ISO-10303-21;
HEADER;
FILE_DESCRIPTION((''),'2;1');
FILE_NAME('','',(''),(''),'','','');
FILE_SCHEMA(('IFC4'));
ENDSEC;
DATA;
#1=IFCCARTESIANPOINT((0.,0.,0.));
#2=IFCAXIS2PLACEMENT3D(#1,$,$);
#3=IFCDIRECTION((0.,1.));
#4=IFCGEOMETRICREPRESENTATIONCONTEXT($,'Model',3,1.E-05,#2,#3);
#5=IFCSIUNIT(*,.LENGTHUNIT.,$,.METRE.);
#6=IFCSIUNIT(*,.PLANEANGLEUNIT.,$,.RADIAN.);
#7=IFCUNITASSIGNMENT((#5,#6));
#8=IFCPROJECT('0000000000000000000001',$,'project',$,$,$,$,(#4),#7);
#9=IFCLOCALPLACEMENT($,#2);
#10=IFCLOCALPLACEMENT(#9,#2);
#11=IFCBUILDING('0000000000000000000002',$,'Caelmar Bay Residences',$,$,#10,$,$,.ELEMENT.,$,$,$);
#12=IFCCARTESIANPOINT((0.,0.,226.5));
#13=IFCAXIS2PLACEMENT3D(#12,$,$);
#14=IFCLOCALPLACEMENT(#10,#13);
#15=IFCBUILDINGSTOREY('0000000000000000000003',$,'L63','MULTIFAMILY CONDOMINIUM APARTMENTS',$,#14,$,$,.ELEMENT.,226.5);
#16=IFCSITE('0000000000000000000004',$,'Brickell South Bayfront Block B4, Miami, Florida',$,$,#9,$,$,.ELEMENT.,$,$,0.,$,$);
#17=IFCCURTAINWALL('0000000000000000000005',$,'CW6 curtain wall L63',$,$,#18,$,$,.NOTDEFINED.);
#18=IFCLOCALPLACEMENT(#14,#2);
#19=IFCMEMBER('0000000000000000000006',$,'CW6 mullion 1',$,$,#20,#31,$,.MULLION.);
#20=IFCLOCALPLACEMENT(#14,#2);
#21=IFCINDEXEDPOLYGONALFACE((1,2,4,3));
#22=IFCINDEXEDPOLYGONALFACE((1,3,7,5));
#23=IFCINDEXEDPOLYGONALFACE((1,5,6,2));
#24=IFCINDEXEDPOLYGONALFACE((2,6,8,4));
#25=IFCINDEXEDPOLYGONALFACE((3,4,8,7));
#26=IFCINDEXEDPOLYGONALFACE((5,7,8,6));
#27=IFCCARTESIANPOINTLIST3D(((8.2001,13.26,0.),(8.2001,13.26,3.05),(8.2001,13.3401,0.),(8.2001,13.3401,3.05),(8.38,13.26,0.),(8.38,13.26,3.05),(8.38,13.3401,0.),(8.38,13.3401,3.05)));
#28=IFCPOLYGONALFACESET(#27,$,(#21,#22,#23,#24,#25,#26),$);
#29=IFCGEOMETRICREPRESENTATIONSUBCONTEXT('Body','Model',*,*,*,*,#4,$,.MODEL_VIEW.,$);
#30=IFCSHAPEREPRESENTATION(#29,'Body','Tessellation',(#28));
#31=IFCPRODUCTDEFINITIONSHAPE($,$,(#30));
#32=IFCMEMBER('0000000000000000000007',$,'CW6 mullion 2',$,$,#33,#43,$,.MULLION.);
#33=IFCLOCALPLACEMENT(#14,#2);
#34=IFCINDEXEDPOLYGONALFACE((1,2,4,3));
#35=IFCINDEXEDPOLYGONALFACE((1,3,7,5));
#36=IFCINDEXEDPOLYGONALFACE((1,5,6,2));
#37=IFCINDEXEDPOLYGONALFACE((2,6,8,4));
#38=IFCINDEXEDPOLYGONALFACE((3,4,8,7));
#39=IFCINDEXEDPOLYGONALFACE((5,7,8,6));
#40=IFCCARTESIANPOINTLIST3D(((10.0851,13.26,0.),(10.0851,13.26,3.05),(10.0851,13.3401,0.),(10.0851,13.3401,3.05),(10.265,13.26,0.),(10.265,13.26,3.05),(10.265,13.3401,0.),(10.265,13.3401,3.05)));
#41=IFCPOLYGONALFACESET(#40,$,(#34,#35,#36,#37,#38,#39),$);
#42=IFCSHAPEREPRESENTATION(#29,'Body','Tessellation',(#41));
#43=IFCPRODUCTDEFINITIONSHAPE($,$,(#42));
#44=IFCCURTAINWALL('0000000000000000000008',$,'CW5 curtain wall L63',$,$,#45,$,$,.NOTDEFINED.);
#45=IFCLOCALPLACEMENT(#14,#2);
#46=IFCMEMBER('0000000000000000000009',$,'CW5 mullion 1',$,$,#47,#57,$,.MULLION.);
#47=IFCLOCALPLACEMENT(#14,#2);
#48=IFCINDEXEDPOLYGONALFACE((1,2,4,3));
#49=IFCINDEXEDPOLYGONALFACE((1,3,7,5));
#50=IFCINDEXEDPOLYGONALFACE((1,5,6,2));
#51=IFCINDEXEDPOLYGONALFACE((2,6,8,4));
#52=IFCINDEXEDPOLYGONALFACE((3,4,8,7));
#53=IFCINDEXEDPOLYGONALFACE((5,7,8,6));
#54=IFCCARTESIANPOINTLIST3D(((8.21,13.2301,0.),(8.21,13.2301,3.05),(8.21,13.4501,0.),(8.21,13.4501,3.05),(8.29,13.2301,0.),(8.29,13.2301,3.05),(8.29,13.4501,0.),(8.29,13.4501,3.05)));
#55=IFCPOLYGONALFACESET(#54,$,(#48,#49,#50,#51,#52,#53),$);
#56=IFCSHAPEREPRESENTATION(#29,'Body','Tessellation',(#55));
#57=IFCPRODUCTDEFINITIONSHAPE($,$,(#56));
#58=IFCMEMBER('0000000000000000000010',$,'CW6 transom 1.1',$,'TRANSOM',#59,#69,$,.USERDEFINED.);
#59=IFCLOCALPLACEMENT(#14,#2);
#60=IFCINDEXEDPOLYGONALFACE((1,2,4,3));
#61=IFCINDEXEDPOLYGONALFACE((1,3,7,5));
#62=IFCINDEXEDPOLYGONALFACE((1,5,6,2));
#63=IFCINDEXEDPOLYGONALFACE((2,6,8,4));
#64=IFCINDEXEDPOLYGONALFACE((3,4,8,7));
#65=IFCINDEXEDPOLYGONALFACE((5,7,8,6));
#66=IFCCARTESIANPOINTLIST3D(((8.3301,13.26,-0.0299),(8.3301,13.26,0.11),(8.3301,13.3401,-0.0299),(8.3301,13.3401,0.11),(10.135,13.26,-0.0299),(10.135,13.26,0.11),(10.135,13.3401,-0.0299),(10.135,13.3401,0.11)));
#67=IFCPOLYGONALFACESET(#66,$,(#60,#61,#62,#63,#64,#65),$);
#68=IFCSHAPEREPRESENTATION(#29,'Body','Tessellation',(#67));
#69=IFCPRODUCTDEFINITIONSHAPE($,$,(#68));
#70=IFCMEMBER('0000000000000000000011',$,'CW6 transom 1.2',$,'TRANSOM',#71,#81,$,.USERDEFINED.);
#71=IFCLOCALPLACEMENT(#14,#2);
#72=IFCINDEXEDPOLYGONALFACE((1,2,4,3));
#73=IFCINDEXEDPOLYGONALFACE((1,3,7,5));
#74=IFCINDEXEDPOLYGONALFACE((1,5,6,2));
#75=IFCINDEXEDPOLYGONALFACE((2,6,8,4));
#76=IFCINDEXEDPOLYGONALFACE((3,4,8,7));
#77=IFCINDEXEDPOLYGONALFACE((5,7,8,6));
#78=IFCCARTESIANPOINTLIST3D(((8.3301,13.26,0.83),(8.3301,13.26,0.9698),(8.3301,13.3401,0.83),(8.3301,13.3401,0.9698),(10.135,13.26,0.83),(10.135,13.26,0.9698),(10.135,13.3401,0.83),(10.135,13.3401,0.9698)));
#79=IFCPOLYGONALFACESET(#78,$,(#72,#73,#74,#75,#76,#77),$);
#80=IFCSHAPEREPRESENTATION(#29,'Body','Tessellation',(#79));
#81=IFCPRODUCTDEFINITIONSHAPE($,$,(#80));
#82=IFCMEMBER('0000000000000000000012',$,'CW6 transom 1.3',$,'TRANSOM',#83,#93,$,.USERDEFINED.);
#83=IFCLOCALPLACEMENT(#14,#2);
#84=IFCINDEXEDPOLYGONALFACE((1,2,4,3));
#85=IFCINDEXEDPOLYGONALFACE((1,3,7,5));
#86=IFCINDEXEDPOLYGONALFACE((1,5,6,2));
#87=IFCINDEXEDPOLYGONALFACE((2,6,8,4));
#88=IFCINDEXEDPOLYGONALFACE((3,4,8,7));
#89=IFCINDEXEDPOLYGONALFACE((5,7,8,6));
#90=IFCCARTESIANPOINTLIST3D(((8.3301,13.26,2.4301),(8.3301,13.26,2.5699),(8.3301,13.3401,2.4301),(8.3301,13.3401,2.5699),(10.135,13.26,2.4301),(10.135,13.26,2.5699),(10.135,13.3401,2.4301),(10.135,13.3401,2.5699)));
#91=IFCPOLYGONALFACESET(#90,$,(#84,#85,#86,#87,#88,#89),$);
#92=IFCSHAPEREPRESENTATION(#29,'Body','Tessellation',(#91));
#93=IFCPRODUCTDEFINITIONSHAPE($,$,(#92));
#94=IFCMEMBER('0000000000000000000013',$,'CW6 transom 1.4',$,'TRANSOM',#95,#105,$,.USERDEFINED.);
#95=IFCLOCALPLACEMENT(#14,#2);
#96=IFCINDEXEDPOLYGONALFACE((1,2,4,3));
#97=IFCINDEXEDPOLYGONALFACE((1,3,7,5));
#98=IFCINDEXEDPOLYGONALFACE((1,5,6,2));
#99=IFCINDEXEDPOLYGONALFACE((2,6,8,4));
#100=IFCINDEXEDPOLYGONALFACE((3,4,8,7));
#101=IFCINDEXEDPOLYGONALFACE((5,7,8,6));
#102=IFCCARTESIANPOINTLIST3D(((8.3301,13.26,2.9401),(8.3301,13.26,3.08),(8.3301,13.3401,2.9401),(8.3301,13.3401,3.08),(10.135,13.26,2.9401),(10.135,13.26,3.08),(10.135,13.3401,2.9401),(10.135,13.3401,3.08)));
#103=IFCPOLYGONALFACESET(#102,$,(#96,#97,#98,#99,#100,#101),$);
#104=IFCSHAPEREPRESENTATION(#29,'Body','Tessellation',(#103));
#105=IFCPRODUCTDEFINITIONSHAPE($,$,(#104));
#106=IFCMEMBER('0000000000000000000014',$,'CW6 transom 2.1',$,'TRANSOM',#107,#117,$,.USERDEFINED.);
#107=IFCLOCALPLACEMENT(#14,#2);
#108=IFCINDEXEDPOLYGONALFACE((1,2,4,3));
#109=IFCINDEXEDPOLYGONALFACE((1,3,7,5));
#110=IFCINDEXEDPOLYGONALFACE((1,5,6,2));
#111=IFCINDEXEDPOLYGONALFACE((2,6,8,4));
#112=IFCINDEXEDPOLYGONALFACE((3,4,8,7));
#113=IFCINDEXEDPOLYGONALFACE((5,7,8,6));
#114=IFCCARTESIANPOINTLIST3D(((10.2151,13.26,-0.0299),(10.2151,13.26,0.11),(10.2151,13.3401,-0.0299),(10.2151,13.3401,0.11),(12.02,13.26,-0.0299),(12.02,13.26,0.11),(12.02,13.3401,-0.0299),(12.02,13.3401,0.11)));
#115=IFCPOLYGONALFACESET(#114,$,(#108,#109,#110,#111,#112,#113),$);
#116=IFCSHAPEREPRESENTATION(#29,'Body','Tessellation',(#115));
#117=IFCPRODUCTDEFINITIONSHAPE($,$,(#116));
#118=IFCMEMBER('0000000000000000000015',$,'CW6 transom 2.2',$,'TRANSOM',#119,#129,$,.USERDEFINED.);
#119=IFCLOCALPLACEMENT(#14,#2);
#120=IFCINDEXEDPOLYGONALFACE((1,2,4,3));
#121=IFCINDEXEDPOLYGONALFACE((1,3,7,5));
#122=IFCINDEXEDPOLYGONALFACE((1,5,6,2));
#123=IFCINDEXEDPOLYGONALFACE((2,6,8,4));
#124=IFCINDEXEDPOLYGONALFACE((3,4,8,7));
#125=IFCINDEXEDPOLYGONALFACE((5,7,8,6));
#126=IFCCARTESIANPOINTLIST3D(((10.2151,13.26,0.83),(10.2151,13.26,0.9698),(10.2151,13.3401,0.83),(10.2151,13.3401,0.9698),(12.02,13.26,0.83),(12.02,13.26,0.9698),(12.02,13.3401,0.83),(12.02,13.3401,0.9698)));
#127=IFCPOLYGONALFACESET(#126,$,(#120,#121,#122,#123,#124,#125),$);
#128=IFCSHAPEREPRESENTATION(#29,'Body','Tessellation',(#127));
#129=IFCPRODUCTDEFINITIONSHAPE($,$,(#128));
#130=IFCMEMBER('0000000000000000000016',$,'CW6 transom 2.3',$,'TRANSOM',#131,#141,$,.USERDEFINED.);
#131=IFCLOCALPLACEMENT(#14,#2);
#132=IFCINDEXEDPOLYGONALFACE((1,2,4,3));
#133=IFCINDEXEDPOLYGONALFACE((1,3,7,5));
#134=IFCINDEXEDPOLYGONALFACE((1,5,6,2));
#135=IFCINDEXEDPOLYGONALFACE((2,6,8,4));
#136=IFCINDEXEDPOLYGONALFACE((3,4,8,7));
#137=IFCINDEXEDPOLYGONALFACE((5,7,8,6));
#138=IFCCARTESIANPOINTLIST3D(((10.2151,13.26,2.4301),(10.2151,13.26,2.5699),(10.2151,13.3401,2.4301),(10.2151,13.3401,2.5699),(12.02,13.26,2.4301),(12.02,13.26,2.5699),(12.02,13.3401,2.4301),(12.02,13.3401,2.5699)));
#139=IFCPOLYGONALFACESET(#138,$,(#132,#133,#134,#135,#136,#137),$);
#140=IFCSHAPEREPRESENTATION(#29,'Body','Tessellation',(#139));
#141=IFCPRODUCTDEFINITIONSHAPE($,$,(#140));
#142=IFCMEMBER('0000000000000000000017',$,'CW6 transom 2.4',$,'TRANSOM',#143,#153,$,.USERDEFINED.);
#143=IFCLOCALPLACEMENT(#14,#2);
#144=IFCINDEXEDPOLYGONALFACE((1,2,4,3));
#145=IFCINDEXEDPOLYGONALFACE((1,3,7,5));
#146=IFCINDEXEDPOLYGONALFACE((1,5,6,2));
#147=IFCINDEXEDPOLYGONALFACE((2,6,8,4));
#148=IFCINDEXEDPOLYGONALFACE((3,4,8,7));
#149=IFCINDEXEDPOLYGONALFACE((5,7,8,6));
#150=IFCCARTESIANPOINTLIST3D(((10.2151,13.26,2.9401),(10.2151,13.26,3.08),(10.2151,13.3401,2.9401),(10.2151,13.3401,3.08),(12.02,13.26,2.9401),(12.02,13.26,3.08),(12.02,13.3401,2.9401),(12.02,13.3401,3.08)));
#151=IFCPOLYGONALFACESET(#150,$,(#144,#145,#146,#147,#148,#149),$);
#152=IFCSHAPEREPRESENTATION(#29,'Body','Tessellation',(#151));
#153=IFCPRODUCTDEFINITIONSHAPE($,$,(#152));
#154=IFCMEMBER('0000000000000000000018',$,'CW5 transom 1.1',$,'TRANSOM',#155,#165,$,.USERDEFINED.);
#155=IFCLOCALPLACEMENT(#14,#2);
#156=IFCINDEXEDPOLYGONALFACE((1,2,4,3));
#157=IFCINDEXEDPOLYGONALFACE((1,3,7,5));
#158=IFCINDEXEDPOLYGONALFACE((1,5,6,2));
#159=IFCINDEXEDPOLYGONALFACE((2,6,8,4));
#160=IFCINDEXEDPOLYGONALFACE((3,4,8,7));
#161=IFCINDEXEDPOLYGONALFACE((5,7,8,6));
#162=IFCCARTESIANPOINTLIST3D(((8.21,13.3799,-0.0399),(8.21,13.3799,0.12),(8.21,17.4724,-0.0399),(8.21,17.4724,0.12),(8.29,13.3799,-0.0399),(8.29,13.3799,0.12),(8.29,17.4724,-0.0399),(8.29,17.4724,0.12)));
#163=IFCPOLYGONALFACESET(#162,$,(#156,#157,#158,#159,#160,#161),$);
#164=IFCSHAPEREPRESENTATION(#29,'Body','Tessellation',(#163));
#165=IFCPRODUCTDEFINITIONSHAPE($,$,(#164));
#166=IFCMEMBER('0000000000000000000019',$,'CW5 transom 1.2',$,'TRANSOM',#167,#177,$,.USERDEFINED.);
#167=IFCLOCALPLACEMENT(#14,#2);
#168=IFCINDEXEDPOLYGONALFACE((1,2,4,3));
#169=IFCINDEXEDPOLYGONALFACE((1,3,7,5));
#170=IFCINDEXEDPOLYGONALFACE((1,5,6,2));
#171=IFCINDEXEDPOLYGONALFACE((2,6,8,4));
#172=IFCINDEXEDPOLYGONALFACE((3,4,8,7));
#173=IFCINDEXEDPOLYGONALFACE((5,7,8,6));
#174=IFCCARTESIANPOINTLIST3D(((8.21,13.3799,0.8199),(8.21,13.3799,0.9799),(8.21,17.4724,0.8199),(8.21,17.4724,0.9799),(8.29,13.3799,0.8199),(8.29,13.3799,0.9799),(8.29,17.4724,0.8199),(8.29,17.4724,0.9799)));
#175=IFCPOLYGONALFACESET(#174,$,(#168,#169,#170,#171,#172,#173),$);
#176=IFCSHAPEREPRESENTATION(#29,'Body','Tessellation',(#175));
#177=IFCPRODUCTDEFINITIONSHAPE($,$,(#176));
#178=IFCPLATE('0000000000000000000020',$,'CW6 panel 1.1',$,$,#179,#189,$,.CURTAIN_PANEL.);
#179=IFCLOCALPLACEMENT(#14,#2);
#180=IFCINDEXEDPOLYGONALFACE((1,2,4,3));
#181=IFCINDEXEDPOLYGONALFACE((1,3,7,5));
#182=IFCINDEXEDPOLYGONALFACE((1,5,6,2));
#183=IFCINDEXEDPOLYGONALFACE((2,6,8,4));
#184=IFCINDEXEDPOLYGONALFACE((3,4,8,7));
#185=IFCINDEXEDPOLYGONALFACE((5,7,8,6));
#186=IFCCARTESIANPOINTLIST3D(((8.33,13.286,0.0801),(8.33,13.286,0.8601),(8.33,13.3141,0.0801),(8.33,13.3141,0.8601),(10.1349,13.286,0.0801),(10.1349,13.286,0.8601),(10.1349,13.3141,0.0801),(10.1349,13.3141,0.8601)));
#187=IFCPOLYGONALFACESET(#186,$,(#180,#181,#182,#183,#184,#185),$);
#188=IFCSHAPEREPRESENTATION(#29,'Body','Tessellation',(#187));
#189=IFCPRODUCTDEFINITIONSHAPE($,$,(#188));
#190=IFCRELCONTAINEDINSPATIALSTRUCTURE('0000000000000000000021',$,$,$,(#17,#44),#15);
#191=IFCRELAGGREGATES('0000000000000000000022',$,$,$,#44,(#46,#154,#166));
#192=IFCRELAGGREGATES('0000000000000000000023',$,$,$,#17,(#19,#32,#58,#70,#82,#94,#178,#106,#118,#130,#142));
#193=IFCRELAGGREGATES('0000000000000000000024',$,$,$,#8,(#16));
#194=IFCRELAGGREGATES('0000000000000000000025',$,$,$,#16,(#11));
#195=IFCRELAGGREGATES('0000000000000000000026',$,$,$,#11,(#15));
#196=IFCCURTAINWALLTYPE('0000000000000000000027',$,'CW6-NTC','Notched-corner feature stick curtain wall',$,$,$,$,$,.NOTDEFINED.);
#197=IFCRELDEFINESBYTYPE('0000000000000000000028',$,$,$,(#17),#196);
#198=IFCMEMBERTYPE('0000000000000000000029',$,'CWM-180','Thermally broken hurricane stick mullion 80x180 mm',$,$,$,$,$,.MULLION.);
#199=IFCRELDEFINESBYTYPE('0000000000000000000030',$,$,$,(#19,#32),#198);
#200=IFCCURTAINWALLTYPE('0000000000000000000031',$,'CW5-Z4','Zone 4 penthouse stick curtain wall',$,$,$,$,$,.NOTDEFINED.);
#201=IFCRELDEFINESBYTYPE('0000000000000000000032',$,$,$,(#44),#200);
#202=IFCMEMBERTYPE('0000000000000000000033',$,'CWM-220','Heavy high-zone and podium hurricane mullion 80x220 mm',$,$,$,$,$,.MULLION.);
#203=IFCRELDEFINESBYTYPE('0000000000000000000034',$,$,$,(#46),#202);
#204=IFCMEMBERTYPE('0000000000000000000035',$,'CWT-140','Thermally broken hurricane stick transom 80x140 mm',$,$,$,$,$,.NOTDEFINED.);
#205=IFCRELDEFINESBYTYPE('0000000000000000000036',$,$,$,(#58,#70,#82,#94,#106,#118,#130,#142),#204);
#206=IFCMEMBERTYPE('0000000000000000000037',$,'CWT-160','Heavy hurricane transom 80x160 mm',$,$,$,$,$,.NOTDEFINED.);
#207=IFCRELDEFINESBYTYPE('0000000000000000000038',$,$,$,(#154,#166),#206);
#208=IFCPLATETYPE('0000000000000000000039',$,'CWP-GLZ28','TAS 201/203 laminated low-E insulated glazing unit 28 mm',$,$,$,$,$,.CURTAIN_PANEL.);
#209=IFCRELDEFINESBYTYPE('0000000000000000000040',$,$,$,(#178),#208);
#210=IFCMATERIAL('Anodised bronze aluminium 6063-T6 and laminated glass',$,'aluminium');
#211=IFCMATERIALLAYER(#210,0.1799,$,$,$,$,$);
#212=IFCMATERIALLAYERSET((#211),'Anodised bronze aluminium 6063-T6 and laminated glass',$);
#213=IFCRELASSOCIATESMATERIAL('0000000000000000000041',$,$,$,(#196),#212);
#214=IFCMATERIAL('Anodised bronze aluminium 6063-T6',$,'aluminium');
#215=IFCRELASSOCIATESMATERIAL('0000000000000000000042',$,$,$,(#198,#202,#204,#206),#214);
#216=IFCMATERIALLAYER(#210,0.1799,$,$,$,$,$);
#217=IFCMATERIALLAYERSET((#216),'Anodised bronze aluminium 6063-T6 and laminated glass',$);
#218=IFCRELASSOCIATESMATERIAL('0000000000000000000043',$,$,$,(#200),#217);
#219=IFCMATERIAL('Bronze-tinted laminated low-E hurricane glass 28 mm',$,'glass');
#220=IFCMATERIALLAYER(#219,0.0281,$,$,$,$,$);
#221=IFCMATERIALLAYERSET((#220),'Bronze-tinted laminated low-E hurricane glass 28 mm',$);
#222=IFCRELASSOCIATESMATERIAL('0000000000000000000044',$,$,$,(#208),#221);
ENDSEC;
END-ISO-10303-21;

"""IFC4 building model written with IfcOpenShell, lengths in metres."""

from ifc_helpers import new_model, si_unit, direction, frame, origin, origin_2d, place, context, subcontext, project, spatial, rectangle, extrude, material, layer, layer_set, material_profile, profile_set, type_object, element, aggregate, save


model = new_model("IFC4")

# Units and contexts
model_context = context("Model", 3, precision=1e-05, world=origin(), true_north=direction((0.0, 1.0)))
body_context = subcontext(model_context, "Body", "Model", "MODEL_VIEW")
ifc_project = project(units=[si_unit("LENGTHUNIT", "METRE"), si_unit("PLANEANGLEUNIT", "RADIAN")], contexts=[model_context])

# Site, building, storey
site_placement = place(None, origin())
site = spatial("IfcSite", under=ifc_project, at=site_placement, Name="Brickell South Bayfront Block B4, Miami, Florida", CompositionType="ELEMENT", RefElevation=0.0)
building_placement = place(site_placement, origin())
building = spatial("IfcBuilding", under=site, at=building_placement, Name="Caelmar Bay Residences", CompositionType="ELEMENT")
storey_placement = place(building_placement, frame((0.0, 0.0, 226.5)))
storey = spatial("IfcBuildingStorey", under=building, at=storey_placement, Name="L63", Description="MULTIFAMILY CONDOMINIUM APARTMENTS", CompositionType="ELEMENT", Elevation=226.5)

# Curtain wall, members
ifc_material_1 = material(Name="Anodised bronze aluminium 6063-T6 and laminated glass", Category="aluminium")
ifc_layer_1 = layer(ifc_material_1, 0.1799)
ifc_layer_set_1 = layer_set([ifc_layer_1], Name="Anodised bronze aluminium 6063-T6 and laminated glass")
curtain_wall_type_1 = type_object("IfcCurtainWallType", Name="CW6-NTC", Description="Notched-corner feature stick curtain wall", PredefinedType="NOTDEFINED", material=ifc_layer_set_1)
curtain_wall_1_placement = place(storey_placement, origin())
curtain_wall_1 = element("IfcCurtainWall", 1, at=curtain_wall_1_placement, inside=storey, type_object=curtain_wall_type_1, Name="CW6 curtain wall L63", PredefinedType="NOTDEFINED")
ifc_material_2 = material(Name="Anodised bronze aluminium 6063-T6", Category="aluminium")
ifc_material_profile_1 = material_profile(ifc_material_2, rectangle(XDim=0.0801, YDim=0.1799, at=origin_2d()), Name="CWM-80X180")
ifc_profile_set_1 = profile_set([ifc_material_profile_1], Name="Anodised bronze aluminium 6063-T6")
member_type_1 = type_object("IfcMemberType", Name="CWM-180", Description="Thermally broken hurricane stick mullion 80x180 mm", PredefinedType="MULLION", material=ifc_profile_set_1)
member_1_placement = place(storey_placement, frame((8.29, 13.3, 0.0), z_axis=(0.0, 0.0, 1.0), x_axis=(0.0, 1.0, 0.0)))
member_1 = element("IfcMember", 2, at=member_1_placement, type_object=member_type_1, Name="CW6 mullion 1", PredefinedType="MULLION", context=body_context, shape_type="SweptSolid", body=[
    extrude(rectangle(XDim=0.0801, YDim=0.1799, at=origin_2d()), origin(), (0.0, 0.0, 1.0), 3.05),
])
member_2_placement = place(storey_placement, frame((10.175, 13.3, 0.0), z_axis=(0.0, 0.0, 1.0), x_axis=(0.0, 1.0, 0.0)))
member_2 = element("IfcMember", 3, at=member_2_placement, type_object=member_type_1, Name="CW6 mullion 2", PredefinedType="MULLION", context=body_context, shape_type="SweptSolid", body=[
    extrude(rectangle(XDim=0.0801, YDim=0.1799, at=origin_2d()), origin(), (0.0, 0.0, 1.0), 3.05),
])

# Curtain wall, member
ifc_layer_2 = layer(ifc_material_1, 0.1799)
ifc_layer_set_2 = layer_set([ifc_layer_2], Name="Anodised bronze aluminium 6063-T6 and laminated glass")
curtain_wall_type_2 = type_object("IfcCurtainWallType", Name="CW5-Z4", Description="Zone 4 penthouse stick curtain wall", PredefinedType="NOTDEFINED", material=ifc_layer_set_2)
curtain_wall_2_placement = place(storey_placement, origin())
curtain_wall_2 = element("IfcCurtainWall", 4, at=curtain_wall_2_placement, inside=storey, type_object=curtain_wall_type_2, Name="CW5 curtain wall L63", PredefinedType="NOTDEFINED")
ifc_material_profile_2 = material_profile(ifc_material_2, rectangle(XDim=0.0801, YDim=0.22, at=origin_2d()), Name="CWM-80X220")
ifc_profile_set_2 = profile_set([ifc_material_profile_2], Name="Anodised bronze aluminium 6063-T6")
member_type_2 = type_object("IfcMemberType", Name="CWM-220", Description="Heavy high-zone and podium hurricane mullion 80x220 mm", PredefinedType="MULLION", material=ifc_profile_set_2)
member_3_placement = place(storey_placement, frame((8.25, 13.3401, 0.0), z_axis=(0.0, 0.0, 1.0), x_axis=(-1.0, 0.0, 0.0)))
member_3 = element("IfcMember", 5, at=member_3_placement, type_object=member_type_2, Name="CW5 mullion 1", PredefinedType="MULLION", context=body_context, shape_type="SweptSolid", body=[
    extrude(rectangle(XDim=0.0801, YDim=0.22, at=origin_2d()), origin(), (0.0, 0.0, 1.0), 3.05),
])

# Members
ifc_material_profile_3 = material_profile(ifc_material_2, rectangle(XDim=0.0801, YDim=0.1399, at=origin_2d()), Name="CWT-80X140")
ifc_profile_set_3 = profile_set([ifc_material_profile_3], Name="Anodised bronze aluminium 6063-T6")
member_type_3 = type_object("IfcMemberType", Name="CWT-140", Description="Thermally broken hurricane stick transom 80x140 mm", PredefinedType="NOTDEFINED", material=ifc_profile_set_3)
member_4_placement = place(storey_placement, frame((8.3301, 13.3, 0.04), z_axis=(1.0, 0.0, 0.0), x_axis=(0.0, 1.0, 0.0)))
member_4 = element("IfcMember", 6, at=member_4_placement, type_object=member_type_3, Name="CW6 transom 1.1", ObjectType="TRANSOM", PredefinedType="USERDEFINED", context=body_context, shape_type="SweptSolid", body=[
    extrude(rectangle(XDim=0.0801, YDim=0.1399, at=origin_2d()), origin(), (0.0, 0.0, 1.0), 1.8049),
])
member_5_placement = place(storey_placement, frame((8.3301, 13.3, 0.8999), z_axis=(1.0, 0.0, 0.0), x_axis=(0.0, 1.0, 0.0)))
member_5 = element("IfcMember", 7, at=member_5_placement, type_object=member_type_3, Name="CW6 transom 1.2", ObjectType="TRANSOM", PredefinedType="USERDEFINED", context=body_context, shape_type="SweptSolid", body=[
    extrude(rectangle(XDim=0.0801, YDim=0.1399, at=origin_2d()), origin(), (0.0, 0.0, 1.0), 1.8049),
])
member_6_placement = place(storey_placement, frame((8.3301, 13.3, 2.5), z_axis=(1.0, 0.0, 0.0), x_axis=(0.0, 1.0, 0.0)))
member_6 = element("IfcMember", 8, at=member_6_placement, type_object=member_type_3, Name="CW6 transom 1.3", ObjectType="TRANSOM", PredefinedType="USERDEFINED", context=body_context, shape_type="SweptSolid", body=[
    extrude(rectangle(XDim=0.0801, YDim=0.1399, at=origin_2d()), origin(), (0.0, 0.0, 1.0), 1.8049),
])
member_7_placement = place(storey_placement, frame((8.3301, 13.3, 3.01), z_axis=(1.0, 0.0, 0.0), x_axis=(0.0, 1.0, 0.0)))
member_7 = element("IfcMember", 9, at=member_7_placement, type_object=member_type_3, Name="CW6 transom 1.4", ObjectType="TRANSOM", PredefinedType="USERDEFINED", context=body_context, shape_type="SweptSolid", body=[
    extrude(rectangle(XDim=0.0801, YDim=0.1399, at=origin_2d()), origin(), (0.0, 0.0, 1.0), 1.8049),
])
member_8_placement = place(storey_placement, frame((10.2151, 13.3, 0.04), z_axis=(1.0, 0.0, 0.0), x_axis=(0.0, 1.0, 0.0)))
member_8 = element("IfcMember", 10, at=member_8_placement, type_object=member_type_3, Name="CW6 transom 2.1", ObjectType="TRANSOM", PredefinedType="USERDEFINED", context=body_context, shape_type="SweptSolid", body=[
    extrude(rectangle(XDim=0.0801, YDim=0.1399, at=origin_2d()), origin(), (0.0, 0.0, 1.0), 1.8049),
])
member_9_placement = place(storey_placement, frame((10.2151, 13.3, 0.8999), z_axis=(1.0, 0.0, 0.0), x_axis=(0.0, 1.0, 0.0)))
member_9 = element("IfcMember", 11, at=member_9_placement, type_object=member_type_3, Name="CW6 transom 2.2", ObjectType="TRANSOM", PredefinedType="USERDEFINED", context=body_context, shape_type="SweptSolid", body=[
    extrude(rectangle(XDim=0.0801, YDim=0.1399, at=origin_2d()), origin(), (0.0, 0.0, 1.0), 1.8049),
])
member_10_placement = place(storey_placement, frame((10.2151, 13.3, 2.5), z_axis=(1.0, 0.0, 0.0), x_axis=(0.0, 1.0, 0.0)))
member_10 = element("IfcMember", 12, at=member_10_placement, type_object=member_type_3, Name="CW6 transom 2.3", ObjectType="TRANSOM", PredefinedType="USERDEFINED", context=body_context, shape_type="SweptSolid", body=[
    extrude(rectangle(XDim=0.0801, YDim=0.1399, at=origin_2d()), origin(), (0.0, 0.0, 1.0), 1.8049),
])
member_11_placement = place(storey_placement, frame((10.2151, 13.3, 3.01), z_axis=(1.0, 0.0, 0.0), x_axis=(0.0, 1.0, 0.0)))
member_11 = element("IfcMember", 13, at=member_11_placement, type_object=member_type_3, Name="CW6 transom 2.4", ObjectType="TRANSOM", PredefinedType="USERDEFINED", context=body_context, shape_type="SweptSolid", body=[
    extrude(rectangle(XDim=0.0801, YDim=0.1399, at=origin_2d()), origin(), (0.0, 0.0, 1.0), 1.8049),
])
ifc_material_profile_4 = material_profile(ifc_material_2, rectangle(XDim=0.0801, YDim=0.1599, at=origin_2d()), Name="CWT-80X160")
ifc_profile_set_4 = profile_set([ifc_material_profile_4], Name="Anodised bronze aluminium 6063-T6")
member_type_4 = type_object("IfcMemberType", Name="CWT-160", Description="Heavy hurricane transom 80x160 mm", PredefinedType="NOTDEFINED", material=ifc_profile_set_4)
member_12_placement = place(storey_placement, frame((8.25, 13.3799, 0.04), z_axis=(0.0, 1.0, 0.0), x_axis=(-1.0, 0.0, 0.0)))
member_12 = element("IfcMember", 14, at=member_12_placement, type_object=member_type_4, Name="CW5 transom 1.1", ObjectType="TRANSOM", PredefinedType="USERDEFINED", context=body_context, shape_type="SweptSolid", body=[
    extrude(rectangle(XDim=0.0801, YDim=0.1599, at=origin_2d()), origin(), (0.0, 0.0, 1.0), 4.0925),
])
member_13_placement = place(storey_placement, frame((8.25, 13.3799, 0.8999), z_axis=(0.0, 1.0, 0.0), x_axis=(-1.0, 0.0, 0.0)))
member_13 = element("IfcMember", 15, at=member_13_placement, type_object=member_type_4, Name="CW5 transom 1.2", ObjectType="TRANSOM", PredefinedType="USERDEFINED", context=body_context, shape_type="SweptSolid", body=[
    extrude(rectangle(XDim=0.0801, YDim=0.1599, at=origin_2d()), origin(), (0.0, 0.0, 1.0), 4.0925),
])
aggregate(curtain_wall_2, [member_3, member_12, member_13])

# Plate
ifc_material_3 = material(Name="Bronze-tinted laminated low-E hurricane glass 28 mm", Category="glass")
ifc_layer_3 = layer(ifc_material_3, 0.0281)
ifc_layer_set_3 = layer_set([ifc_layer_3], Name="Bronze-tinted laminated low-E hurricane glass 28 mm")
plate_type = type_object("IfcPlateType", Name="CWP-GLZ28", Description="TAS 201/203 laminated low-E insulated glazing unit 28 mm", PredefinedType="CURTAIN_PANEL", material=ifc_layer_set_3)
plate_1_placement = place(storey_placement, frame((9.2324, 13.3, 0.0801), z_axis=(0.0, 0.0, 1.0), x_axis=(1.0, 0.0, 0.0)))
plate_1 = element("IfcPlate", 16, at=plate_1_placement, type_object=plate_type, Name="CW6 panel 1.1", PredefinedType="CURTAIN_PANEL", context=body_context, shape_type="SweptSolid", body=[
    extrude(rectangle(XDim=1.8049, YDim=0.0281, at=origin_2d()), origin(), (0.0, 0.0, 1.0), 0.78),
])
aggregate(curtain_wall_1, [member_1, member_2, member_4, member_5, member_6, member_7, plate_1, member_8, member_9, member_10, member_11])

save(model, "model.ifc")
